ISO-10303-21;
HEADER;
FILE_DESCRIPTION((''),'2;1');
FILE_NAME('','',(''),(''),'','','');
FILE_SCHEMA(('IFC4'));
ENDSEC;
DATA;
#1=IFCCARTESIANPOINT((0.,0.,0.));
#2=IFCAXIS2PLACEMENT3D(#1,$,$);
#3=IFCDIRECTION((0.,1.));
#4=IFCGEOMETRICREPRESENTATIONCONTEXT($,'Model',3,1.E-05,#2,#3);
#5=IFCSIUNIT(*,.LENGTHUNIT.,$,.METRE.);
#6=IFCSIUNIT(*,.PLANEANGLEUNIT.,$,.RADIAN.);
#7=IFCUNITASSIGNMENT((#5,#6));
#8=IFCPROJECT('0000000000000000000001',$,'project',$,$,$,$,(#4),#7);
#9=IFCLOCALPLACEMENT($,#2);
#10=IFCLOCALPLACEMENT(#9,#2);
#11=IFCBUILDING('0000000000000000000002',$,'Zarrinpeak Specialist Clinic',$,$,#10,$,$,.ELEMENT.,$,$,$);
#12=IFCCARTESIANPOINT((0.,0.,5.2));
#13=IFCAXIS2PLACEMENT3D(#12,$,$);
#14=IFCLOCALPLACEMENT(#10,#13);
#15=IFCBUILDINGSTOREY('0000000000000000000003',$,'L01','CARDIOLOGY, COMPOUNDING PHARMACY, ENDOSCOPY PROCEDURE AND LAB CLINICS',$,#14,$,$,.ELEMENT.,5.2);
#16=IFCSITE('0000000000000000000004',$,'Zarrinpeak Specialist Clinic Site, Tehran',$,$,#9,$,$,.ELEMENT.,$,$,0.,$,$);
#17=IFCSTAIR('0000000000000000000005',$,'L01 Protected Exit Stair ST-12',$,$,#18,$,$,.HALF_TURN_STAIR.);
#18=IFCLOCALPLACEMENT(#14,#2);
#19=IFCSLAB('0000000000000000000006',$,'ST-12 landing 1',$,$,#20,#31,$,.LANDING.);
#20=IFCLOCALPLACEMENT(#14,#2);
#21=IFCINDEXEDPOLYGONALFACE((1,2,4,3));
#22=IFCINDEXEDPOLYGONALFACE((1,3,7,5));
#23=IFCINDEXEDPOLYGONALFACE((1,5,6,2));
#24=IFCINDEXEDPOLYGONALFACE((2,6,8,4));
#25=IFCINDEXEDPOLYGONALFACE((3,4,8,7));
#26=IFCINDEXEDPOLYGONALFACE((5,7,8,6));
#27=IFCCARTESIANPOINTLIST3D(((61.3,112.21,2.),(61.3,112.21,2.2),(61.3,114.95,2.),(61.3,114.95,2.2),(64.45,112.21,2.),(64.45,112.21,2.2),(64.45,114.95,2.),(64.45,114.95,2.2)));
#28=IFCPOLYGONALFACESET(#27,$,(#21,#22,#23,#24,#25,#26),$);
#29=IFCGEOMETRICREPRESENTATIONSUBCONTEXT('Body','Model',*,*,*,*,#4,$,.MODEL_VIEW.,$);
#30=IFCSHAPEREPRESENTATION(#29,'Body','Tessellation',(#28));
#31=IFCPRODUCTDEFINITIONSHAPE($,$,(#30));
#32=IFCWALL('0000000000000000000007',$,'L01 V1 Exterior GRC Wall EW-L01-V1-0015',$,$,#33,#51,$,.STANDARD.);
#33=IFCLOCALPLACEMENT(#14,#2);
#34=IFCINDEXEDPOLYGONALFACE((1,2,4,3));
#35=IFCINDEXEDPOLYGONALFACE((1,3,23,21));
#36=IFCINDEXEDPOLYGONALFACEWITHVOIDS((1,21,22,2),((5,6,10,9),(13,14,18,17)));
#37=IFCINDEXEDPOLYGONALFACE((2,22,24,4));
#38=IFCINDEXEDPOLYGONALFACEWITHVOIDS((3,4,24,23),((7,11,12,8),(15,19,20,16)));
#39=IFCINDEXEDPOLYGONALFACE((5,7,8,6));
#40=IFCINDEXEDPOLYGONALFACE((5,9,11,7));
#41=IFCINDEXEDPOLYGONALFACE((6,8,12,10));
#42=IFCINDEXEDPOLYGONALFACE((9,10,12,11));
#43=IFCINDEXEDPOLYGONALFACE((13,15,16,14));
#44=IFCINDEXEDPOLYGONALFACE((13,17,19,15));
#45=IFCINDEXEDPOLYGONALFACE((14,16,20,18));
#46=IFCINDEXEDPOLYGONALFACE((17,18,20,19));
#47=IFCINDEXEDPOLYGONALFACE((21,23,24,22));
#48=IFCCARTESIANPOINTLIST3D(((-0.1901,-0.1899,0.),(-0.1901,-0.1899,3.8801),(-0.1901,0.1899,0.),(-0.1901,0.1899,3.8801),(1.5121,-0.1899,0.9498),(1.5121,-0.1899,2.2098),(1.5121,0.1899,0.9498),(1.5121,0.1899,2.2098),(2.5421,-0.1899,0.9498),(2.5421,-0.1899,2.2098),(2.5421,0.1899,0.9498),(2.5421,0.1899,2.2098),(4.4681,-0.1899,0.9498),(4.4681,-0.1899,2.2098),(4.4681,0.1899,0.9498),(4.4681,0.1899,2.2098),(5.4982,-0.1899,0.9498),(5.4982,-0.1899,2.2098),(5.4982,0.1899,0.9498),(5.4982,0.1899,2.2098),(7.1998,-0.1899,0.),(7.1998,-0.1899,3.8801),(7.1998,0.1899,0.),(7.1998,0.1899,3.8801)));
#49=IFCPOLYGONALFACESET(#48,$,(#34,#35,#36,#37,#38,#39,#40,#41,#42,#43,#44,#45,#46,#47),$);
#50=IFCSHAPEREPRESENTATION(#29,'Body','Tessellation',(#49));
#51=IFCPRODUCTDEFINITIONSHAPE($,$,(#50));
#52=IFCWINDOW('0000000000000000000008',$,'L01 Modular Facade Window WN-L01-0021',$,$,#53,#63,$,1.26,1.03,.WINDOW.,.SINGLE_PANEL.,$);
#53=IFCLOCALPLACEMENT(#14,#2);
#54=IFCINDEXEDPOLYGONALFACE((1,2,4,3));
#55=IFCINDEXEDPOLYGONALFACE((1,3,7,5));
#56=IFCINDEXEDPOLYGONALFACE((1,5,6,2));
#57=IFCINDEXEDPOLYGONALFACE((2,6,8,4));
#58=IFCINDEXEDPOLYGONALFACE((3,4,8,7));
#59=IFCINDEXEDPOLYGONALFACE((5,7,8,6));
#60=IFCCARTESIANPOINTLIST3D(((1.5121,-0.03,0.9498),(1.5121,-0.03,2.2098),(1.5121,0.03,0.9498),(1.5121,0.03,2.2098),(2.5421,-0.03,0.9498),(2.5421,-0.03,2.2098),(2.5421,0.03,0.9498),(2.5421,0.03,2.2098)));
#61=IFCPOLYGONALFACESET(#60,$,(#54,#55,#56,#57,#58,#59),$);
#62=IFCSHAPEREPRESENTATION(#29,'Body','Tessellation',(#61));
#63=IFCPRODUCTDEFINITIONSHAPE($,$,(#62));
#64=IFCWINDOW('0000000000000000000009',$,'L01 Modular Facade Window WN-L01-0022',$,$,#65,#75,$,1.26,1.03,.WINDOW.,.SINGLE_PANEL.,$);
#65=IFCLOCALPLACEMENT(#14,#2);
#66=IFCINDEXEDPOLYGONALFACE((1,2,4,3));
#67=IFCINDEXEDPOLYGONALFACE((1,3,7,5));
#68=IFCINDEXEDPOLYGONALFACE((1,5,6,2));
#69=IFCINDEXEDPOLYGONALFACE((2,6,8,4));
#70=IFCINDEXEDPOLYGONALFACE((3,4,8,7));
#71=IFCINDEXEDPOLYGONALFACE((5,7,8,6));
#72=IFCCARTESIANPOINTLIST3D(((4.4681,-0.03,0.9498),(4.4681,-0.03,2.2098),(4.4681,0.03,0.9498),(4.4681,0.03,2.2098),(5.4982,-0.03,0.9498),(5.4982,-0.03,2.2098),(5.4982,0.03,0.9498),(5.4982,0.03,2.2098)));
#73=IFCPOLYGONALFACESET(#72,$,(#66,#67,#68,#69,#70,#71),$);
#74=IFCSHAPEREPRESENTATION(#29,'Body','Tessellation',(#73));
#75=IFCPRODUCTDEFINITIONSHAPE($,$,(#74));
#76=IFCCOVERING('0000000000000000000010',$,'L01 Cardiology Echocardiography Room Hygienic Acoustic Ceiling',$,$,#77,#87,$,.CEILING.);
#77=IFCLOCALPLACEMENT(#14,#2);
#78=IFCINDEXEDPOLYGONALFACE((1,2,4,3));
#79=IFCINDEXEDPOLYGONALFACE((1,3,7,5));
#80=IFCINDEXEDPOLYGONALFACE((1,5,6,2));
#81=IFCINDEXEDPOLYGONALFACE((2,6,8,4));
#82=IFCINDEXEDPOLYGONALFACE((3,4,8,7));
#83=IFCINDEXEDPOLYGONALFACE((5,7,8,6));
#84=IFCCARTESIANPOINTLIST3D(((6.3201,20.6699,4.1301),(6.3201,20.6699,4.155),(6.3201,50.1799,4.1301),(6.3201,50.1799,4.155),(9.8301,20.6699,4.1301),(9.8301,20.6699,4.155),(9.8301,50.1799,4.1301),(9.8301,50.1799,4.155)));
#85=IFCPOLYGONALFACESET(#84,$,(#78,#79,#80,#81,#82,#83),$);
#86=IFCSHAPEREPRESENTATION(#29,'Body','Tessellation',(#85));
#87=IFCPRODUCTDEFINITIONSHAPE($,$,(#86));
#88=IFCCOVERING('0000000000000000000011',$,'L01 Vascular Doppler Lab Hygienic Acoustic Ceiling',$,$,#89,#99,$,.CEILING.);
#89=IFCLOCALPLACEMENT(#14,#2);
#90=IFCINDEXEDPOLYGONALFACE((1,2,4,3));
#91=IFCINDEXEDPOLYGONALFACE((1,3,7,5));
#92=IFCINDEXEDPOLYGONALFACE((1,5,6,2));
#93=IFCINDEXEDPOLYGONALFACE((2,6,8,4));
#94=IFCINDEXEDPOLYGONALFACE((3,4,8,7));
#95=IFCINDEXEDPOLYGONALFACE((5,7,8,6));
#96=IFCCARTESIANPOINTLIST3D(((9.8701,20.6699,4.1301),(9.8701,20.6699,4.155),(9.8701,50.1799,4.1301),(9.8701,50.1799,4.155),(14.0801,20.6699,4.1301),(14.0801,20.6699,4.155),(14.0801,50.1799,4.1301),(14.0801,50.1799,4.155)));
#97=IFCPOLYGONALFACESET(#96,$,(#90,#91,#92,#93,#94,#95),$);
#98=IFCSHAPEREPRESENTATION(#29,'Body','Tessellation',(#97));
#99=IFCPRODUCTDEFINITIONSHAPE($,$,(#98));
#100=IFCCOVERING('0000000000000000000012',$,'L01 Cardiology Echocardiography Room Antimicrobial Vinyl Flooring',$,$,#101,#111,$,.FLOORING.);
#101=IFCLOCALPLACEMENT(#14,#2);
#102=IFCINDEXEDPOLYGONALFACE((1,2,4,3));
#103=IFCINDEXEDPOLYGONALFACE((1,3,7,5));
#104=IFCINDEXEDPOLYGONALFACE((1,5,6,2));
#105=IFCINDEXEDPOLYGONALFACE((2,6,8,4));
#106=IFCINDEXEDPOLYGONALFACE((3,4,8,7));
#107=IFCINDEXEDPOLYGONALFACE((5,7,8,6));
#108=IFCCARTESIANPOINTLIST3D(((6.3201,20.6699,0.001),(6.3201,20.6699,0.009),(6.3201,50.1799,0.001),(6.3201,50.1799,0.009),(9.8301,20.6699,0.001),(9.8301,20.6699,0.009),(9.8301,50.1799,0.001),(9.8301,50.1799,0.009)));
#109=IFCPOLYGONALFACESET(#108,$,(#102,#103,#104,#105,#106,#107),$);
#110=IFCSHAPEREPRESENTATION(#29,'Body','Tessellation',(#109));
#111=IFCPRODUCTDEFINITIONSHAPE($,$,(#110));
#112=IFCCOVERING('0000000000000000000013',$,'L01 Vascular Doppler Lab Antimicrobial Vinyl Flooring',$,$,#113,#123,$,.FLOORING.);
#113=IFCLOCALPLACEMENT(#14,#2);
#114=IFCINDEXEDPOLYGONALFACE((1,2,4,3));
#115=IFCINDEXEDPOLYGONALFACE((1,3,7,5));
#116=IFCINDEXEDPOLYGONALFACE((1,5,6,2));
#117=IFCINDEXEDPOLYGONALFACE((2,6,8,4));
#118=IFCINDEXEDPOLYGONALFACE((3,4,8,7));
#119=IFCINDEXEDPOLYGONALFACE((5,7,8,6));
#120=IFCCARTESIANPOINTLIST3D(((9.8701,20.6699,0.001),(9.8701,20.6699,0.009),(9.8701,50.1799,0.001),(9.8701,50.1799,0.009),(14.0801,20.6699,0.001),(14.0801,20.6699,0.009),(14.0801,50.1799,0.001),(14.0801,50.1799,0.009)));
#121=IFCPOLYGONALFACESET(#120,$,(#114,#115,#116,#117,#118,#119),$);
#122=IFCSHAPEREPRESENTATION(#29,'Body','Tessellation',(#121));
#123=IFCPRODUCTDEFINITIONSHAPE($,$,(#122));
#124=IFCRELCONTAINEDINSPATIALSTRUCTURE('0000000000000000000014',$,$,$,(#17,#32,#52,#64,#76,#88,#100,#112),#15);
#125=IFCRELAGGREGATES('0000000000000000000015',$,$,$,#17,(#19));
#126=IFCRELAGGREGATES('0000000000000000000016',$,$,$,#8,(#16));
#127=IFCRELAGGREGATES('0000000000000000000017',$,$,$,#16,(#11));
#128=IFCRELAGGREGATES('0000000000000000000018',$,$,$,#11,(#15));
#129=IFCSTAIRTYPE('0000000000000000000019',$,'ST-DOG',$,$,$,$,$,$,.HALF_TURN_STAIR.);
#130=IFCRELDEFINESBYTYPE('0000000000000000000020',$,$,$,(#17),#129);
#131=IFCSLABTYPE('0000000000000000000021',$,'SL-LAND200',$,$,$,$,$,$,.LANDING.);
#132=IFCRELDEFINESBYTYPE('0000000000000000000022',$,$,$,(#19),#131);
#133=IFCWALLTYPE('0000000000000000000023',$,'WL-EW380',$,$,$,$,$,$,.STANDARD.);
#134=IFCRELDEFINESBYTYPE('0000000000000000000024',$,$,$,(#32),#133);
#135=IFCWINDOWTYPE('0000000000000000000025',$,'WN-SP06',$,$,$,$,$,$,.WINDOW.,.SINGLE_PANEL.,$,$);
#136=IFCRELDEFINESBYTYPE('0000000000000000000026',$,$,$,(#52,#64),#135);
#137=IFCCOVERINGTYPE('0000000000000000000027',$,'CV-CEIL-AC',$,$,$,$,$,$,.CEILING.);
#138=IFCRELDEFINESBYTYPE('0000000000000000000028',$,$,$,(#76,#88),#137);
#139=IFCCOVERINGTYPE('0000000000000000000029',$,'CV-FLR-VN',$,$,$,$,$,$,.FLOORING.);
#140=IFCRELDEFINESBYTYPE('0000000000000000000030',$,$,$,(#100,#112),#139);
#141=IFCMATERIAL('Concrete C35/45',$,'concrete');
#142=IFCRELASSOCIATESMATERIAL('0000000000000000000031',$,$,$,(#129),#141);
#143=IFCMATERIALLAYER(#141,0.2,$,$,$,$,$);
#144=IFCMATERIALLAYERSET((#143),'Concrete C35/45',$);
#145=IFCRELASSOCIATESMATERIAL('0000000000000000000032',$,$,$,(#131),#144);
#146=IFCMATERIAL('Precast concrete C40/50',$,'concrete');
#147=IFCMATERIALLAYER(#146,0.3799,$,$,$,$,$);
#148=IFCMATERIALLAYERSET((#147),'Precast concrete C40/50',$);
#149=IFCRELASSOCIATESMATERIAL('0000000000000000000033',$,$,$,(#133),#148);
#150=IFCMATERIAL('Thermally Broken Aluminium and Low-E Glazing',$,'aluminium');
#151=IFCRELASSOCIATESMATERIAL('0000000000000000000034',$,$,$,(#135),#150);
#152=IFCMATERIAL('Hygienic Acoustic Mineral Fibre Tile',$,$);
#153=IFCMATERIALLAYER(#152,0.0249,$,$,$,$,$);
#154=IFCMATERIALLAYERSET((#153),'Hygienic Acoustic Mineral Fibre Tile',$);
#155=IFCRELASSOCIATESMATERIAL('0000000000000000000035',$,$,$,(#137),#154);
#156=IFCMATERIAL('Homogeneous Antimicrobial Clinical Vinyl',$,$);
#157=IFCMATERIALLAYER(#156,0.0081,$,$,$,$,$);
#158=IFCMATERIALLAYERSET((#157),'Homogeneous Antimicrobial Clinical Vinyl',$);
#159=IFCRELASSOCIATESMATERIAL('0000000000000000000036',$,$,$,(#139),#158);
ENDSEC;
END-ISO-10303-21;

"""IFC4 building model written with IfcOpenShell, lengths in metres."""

from ifc_helpers import new_model, si_unit, direction, frame, frame_2d, origin, place, context, subcontext, project, spatial, polyline, rectangle, outline, extrude, material, layer, layer_set, type_object, element, fill, aggregate, save


model = new_model("IFC4")

# Units and contexts
model_context = context("Model", 3, precision=1e-05, world=origin(), true_north=direction((0.0, 1.0)))
body_context = subcontext(model_context, "Body", "Model", "MODEL_VIEW")
ifc_project = project(units=[si_unit("LENGTHUNIT", "METRE"), si_unit("PLANEANGLEUNIT", "RADIAN")], contexts=[model_context])

# Site, building, storey
site_placement = place(None, origin())
site = spatial("IfcSite", under=ifc_project, at=site_placement, Name="Zarrinpeak Specialist Clinic Site, Tehran", CompositionType="ELEMENT", RefElevation=0.0)
building_placement = place(site_placement, origin())
building = spatial("IfcBuilding", under=site, at=building_placement, Name="Zarrinpeak Specialist Clinic", CompositionType="ELEMENT")
storey_placement = place(building_placement, frame((0.0, 0.0, 5.2)))
storey = spatial("IfcBuildingStorey", under=building, at=storey_placement, Name="L01", Description="CARDIOLOGY, COMPOUNDING PHARMACY, ENDOSCOPY PROCEDURE AND LAB CLINICS", CompositionType="ELEMENT", Elevation=5.2)

# Shared definitions
ifc_material_1 = material(Name="Concrete C35/45", Category="concrete")

# Stair, slab
stair_type = type_object("IfcStairType", Name="ST-DOG", PredefinedType="HALF_TURN_STAIR", material=ifc_material_1)
ifc_layer_1 = layer(ifc_material_1, 0.2)
ifc_layer_set_1 = layer_set([ifc_layer_1], Name="Concrete C35/45")
slab_type_1 = type_object("IfcSlabType", Name="SL-LAND200", PredefinedType="LANDING", material=ifc_layer_set_1)
stair_1_placement = place(storey_placement, origin())
stair_1 = element("IfcStair", 1, at=stair_1_placement, inside=storey, type_object=stair_type, Name="L01 Protected Exit Stair ST-12", PredefinedType="HALF_TURN_STAIR")
slab_1_placement = place(storey_placement, frame((0.0, 0.0, 2.0)))
slab_1 = element("IfcSlab", 2, at=slab_1_placement, type_object=slab_type_1, Name="ST-12 landing 1", PredefinedType="LANDING", context=body_context, shape_type="SweptSolid", body=[
    extrude(outline(polyline([(64.45, 112.21), (64.45, 114.95), (61.3, 114.95), (61.3, 112.21), (64.45, 112.21)])), origin(), (0.0, 0.0, 1.0), 0.2),
])
aggregate(stair_1, [slab_1])

# Wall, openings, windows
ifc_material_2 = material(Name="Precast concrete C40/50", Category="concrete")
ifc_layer_2 = layer(ifc_material_2, 0.3799)
ifc_layer_set_2 = layer_set([ifc_layer_2], Name="Precast concrete C40/50")
wall_type = type_object("IfcWallType", Name="WL-EW380", PredefinedType="STANDARD", material=ifc_layer_set_2)
wall_placement = place(storey_placement, frame((-0.1899, 0.0, 0.0), z_axis=(0.0, 0.0, 1.0), x_axis=(1.0, 0.0, 0.0)))
wall = element("IfcWall", 3, at=wall_placement, inside=storey, type_object=wall_type, Name="L01 V1 Exterior GRC Wall EW-L01-V1-0015", PredefinedType="STANDARD", context=body_context, shape_type="SweptSolid", body=[
    extrude(rectangle(XDim=7.3899, YDim=0.3799, at=frame_2d((3.6948, 0.0))), origin(), (0.0, 0.0, 1.0), 3.8801),
])
opening_1_placement = place(wall_placement, frame((1.7019, 0.0, 0.95)))
opening_1 = element("IfcOpeningElement", 4, at=opening_1_placement, cuts=wall, PredefinedType="OPENING", context=body_context, shape_type="SweptSolid", body=[
    extrude(rectangle(XDim=1.03, YDim=1.26, at=frame_2d((0.5151, 0.6299))), frame((0.0, 0.2, 0.0), z_axis=(0.0, -1.0, 0.0), x_axis=(1.0, 0.0, 0.0)), (0.0, 0.0, 1.0), 0.3999),
])
opening_2_placement = place(wall_placement, frame((4.658, 0.0, 0.95)))
opening_2 = element("IfcOpeningElement", 5, at=opening_2_placement, cuts=wall, PredefinedType="OPENING", context=body_context, shape_type="SweptSolid", body=[
    extrude(rectangle(XDim=1.03, YDim=1.26, at=frame_2d((0.5151, 0.6299))), frame((0.0, 0.2, 0.0), z_axis=(0.0, -1.0, 0.0), x_axis=(1.0, 0.0, 0.0)), (0.0, 0.0, 1.0), 0.3999),
])
ifc_material_3 = material(Name="Thermally Broken Aluminium and Low-E Glazing", Category="aluminium")
window_type = type_object("IfcWindowType", Name="WN-SP06", PartitioningType="SINGLE_PANEL", PredefinedType="WINDOW", material=ifc_material_3)
window_1_placement = place(opening_1_placement, origin())
window_1 = element("IfcWindow", 6, at=window_1_placement, inside=storey, type_object=window_type, Name="L01 Modular Facade Window WN-L01-0021", OverallHeight=1.26, OverallWidth=1.03, PartitioningType="SINGLE_PANEL", PredefinedType="WINDOW", context=body_context, shape_type="SweptSolid", body=[
    extrude(rectangle(XDim=1.03, YDim=1.26, at=frame_2d((0.5151, 0.6299))), frame((0.0, 0.03, 0.0), z_axis=(0.0, -1.0, 0.0), x_axis=(1.0, 0.0, 0.0)), (0.0, 0.0, 1.0), 0.0601),
])
fill(opening_1, window_1)
window_2_placement = place(opening_2_placement, origin())
window_2 = element("IfcWindow", 7, at=window_2_placement, inside=storey, type_object=window_type, Name="L01 Modular Facade Window WN-L01-0022", OverallHeight=1.26, OverallWidth=1.03, PartitioningType="SINGLE_PANEL", PredefinedType="WINDOW", context=body_context, shape_type="SweptSolid", body=[
    extrude(rectangle(XDim=1.03, YDim=1.26, at=frame_2d((0.5151, 0.6299))), frame((0.0, 0.03, 0.0), z_axis=(0.0, -1.0, 0.0), x_axis=(1.0, 0.0, 0.0)), (0.0, 0.0, 1.0), 0.0601),
])
fill(opening_2, window_2)

# Coverings
ifc_material_4 = material(Name="Hygienic Acoustic Mineral Fibre Tile")
ifc_layer_3 = layer(ifc_material_4, 0.0249)
ifc_layer_set_3 = layer_set([ifc_layer_3], Name="Hygienic Acoustic Mineral Fibre Tile")
covering_type_1 = type_object("IfcCoveringType", Name="CV-CEIL-AC", PredefinedType="CEILING", material=ifc_layer_set_3)
covering_1_placement = place(storey_placement, frame((0.0, 0.0, 4.1301)))
element("IfcCovering", 8, at=covering_1_placement, inside=storey, type_object=covering_type_1, Name="L01 Cardiology Echocardiography Room Hygienic Acoustic Ceiling", PredefinedType="CEILING", context=body_context, shape_type="SweptSolid", body=[
    extrude(outline(polyline([(6.3201, 20.6699), (9.8301, 20.6699), (9.8301, 50.1799), (6.3201, 50.1799), (6.3201, 20.6699)])), origin(), (0.0, 0.0, 1.0), 0.0249),
])
covering_2_placement = place(storey_placement, frame((0.0, 0.0, 4.1301)))
element("IfcCovering", 9, at=covering_2_placement, inside=storey, type_object=covering_type_1, Name="L01 Vascular Doppler Lab Hygienic Acoustic Ceiling", PredefinedType="CEILING", context=body_context, shape_type="SweptSolid", body=[
    extrude(outline(polyline([(9.8701, 20.6699), (14.0801, 20.6699), (14.0801, 50.1799), (9.8701, 50.1799), (9.8701, 20.6699)])), origin(), (0.0, 0.0, 1.0), 0.0249),
])
ifc_material_5 = material(Name="Homogeneous Antimicrobial Clinical Vinyl")
ifc_layer_4 = layer(ifc_material_5, 0.0081)
ifc_layer_set_4 = layer_set([ifc_layer_4], Name="Homogeneous Antimicrobial Clinical Vinyl")
covering_type_2 = type_object("IfcCoveringType", Name="CV-FLR-VN", PredefinedType="FLOORING", material=ifc_layer_set_4)
covering_3_placement = place(storey_placement, frame((0.0, 0.0, 0.001)))
element("IfcCovering", 10, at=covering_3_placement, inside=storey, type_object=covering_type_2, Name="L01 Cardiology Echocardiography Room Antimicrobial Vinyl Flooring", PredefinedType="FLOORING", context=body_context, shape_type="SweptSolid", body=[
    extrude(outline(polyline([(6.3201, 20.6699), (9.8301, 20.6699), (9.8301, 50.1799), (6.3201, 50.1799), (6.3201, 20.6699)])), origin(), (0.0, 0.0, 1.0), 0.0081),
])
covering_4_placement = place(storey_placement, frame((0.0, 0.0, 0.001)))
element("IfcCovering", 11, at=covering_4_placement, inside=storey, type_object=covering_type_2, Name="L01 Vascular Doppler Lab Antimicrobial Vinyl Flooring", PredefinedType="FLOORING", context=body_context, shape_type="SweptSolid", body=[
    extrude(outline(polyline([(9.8701, 20.6699), (14.0801, 20.6699), (14.0801, 50.1799), (9.8701, 50.1799), (9.8701, 20.6699)])), origin(), (0.0, 0.0, 1.0), 0.0081),
])

save(model, "model.ifc")
